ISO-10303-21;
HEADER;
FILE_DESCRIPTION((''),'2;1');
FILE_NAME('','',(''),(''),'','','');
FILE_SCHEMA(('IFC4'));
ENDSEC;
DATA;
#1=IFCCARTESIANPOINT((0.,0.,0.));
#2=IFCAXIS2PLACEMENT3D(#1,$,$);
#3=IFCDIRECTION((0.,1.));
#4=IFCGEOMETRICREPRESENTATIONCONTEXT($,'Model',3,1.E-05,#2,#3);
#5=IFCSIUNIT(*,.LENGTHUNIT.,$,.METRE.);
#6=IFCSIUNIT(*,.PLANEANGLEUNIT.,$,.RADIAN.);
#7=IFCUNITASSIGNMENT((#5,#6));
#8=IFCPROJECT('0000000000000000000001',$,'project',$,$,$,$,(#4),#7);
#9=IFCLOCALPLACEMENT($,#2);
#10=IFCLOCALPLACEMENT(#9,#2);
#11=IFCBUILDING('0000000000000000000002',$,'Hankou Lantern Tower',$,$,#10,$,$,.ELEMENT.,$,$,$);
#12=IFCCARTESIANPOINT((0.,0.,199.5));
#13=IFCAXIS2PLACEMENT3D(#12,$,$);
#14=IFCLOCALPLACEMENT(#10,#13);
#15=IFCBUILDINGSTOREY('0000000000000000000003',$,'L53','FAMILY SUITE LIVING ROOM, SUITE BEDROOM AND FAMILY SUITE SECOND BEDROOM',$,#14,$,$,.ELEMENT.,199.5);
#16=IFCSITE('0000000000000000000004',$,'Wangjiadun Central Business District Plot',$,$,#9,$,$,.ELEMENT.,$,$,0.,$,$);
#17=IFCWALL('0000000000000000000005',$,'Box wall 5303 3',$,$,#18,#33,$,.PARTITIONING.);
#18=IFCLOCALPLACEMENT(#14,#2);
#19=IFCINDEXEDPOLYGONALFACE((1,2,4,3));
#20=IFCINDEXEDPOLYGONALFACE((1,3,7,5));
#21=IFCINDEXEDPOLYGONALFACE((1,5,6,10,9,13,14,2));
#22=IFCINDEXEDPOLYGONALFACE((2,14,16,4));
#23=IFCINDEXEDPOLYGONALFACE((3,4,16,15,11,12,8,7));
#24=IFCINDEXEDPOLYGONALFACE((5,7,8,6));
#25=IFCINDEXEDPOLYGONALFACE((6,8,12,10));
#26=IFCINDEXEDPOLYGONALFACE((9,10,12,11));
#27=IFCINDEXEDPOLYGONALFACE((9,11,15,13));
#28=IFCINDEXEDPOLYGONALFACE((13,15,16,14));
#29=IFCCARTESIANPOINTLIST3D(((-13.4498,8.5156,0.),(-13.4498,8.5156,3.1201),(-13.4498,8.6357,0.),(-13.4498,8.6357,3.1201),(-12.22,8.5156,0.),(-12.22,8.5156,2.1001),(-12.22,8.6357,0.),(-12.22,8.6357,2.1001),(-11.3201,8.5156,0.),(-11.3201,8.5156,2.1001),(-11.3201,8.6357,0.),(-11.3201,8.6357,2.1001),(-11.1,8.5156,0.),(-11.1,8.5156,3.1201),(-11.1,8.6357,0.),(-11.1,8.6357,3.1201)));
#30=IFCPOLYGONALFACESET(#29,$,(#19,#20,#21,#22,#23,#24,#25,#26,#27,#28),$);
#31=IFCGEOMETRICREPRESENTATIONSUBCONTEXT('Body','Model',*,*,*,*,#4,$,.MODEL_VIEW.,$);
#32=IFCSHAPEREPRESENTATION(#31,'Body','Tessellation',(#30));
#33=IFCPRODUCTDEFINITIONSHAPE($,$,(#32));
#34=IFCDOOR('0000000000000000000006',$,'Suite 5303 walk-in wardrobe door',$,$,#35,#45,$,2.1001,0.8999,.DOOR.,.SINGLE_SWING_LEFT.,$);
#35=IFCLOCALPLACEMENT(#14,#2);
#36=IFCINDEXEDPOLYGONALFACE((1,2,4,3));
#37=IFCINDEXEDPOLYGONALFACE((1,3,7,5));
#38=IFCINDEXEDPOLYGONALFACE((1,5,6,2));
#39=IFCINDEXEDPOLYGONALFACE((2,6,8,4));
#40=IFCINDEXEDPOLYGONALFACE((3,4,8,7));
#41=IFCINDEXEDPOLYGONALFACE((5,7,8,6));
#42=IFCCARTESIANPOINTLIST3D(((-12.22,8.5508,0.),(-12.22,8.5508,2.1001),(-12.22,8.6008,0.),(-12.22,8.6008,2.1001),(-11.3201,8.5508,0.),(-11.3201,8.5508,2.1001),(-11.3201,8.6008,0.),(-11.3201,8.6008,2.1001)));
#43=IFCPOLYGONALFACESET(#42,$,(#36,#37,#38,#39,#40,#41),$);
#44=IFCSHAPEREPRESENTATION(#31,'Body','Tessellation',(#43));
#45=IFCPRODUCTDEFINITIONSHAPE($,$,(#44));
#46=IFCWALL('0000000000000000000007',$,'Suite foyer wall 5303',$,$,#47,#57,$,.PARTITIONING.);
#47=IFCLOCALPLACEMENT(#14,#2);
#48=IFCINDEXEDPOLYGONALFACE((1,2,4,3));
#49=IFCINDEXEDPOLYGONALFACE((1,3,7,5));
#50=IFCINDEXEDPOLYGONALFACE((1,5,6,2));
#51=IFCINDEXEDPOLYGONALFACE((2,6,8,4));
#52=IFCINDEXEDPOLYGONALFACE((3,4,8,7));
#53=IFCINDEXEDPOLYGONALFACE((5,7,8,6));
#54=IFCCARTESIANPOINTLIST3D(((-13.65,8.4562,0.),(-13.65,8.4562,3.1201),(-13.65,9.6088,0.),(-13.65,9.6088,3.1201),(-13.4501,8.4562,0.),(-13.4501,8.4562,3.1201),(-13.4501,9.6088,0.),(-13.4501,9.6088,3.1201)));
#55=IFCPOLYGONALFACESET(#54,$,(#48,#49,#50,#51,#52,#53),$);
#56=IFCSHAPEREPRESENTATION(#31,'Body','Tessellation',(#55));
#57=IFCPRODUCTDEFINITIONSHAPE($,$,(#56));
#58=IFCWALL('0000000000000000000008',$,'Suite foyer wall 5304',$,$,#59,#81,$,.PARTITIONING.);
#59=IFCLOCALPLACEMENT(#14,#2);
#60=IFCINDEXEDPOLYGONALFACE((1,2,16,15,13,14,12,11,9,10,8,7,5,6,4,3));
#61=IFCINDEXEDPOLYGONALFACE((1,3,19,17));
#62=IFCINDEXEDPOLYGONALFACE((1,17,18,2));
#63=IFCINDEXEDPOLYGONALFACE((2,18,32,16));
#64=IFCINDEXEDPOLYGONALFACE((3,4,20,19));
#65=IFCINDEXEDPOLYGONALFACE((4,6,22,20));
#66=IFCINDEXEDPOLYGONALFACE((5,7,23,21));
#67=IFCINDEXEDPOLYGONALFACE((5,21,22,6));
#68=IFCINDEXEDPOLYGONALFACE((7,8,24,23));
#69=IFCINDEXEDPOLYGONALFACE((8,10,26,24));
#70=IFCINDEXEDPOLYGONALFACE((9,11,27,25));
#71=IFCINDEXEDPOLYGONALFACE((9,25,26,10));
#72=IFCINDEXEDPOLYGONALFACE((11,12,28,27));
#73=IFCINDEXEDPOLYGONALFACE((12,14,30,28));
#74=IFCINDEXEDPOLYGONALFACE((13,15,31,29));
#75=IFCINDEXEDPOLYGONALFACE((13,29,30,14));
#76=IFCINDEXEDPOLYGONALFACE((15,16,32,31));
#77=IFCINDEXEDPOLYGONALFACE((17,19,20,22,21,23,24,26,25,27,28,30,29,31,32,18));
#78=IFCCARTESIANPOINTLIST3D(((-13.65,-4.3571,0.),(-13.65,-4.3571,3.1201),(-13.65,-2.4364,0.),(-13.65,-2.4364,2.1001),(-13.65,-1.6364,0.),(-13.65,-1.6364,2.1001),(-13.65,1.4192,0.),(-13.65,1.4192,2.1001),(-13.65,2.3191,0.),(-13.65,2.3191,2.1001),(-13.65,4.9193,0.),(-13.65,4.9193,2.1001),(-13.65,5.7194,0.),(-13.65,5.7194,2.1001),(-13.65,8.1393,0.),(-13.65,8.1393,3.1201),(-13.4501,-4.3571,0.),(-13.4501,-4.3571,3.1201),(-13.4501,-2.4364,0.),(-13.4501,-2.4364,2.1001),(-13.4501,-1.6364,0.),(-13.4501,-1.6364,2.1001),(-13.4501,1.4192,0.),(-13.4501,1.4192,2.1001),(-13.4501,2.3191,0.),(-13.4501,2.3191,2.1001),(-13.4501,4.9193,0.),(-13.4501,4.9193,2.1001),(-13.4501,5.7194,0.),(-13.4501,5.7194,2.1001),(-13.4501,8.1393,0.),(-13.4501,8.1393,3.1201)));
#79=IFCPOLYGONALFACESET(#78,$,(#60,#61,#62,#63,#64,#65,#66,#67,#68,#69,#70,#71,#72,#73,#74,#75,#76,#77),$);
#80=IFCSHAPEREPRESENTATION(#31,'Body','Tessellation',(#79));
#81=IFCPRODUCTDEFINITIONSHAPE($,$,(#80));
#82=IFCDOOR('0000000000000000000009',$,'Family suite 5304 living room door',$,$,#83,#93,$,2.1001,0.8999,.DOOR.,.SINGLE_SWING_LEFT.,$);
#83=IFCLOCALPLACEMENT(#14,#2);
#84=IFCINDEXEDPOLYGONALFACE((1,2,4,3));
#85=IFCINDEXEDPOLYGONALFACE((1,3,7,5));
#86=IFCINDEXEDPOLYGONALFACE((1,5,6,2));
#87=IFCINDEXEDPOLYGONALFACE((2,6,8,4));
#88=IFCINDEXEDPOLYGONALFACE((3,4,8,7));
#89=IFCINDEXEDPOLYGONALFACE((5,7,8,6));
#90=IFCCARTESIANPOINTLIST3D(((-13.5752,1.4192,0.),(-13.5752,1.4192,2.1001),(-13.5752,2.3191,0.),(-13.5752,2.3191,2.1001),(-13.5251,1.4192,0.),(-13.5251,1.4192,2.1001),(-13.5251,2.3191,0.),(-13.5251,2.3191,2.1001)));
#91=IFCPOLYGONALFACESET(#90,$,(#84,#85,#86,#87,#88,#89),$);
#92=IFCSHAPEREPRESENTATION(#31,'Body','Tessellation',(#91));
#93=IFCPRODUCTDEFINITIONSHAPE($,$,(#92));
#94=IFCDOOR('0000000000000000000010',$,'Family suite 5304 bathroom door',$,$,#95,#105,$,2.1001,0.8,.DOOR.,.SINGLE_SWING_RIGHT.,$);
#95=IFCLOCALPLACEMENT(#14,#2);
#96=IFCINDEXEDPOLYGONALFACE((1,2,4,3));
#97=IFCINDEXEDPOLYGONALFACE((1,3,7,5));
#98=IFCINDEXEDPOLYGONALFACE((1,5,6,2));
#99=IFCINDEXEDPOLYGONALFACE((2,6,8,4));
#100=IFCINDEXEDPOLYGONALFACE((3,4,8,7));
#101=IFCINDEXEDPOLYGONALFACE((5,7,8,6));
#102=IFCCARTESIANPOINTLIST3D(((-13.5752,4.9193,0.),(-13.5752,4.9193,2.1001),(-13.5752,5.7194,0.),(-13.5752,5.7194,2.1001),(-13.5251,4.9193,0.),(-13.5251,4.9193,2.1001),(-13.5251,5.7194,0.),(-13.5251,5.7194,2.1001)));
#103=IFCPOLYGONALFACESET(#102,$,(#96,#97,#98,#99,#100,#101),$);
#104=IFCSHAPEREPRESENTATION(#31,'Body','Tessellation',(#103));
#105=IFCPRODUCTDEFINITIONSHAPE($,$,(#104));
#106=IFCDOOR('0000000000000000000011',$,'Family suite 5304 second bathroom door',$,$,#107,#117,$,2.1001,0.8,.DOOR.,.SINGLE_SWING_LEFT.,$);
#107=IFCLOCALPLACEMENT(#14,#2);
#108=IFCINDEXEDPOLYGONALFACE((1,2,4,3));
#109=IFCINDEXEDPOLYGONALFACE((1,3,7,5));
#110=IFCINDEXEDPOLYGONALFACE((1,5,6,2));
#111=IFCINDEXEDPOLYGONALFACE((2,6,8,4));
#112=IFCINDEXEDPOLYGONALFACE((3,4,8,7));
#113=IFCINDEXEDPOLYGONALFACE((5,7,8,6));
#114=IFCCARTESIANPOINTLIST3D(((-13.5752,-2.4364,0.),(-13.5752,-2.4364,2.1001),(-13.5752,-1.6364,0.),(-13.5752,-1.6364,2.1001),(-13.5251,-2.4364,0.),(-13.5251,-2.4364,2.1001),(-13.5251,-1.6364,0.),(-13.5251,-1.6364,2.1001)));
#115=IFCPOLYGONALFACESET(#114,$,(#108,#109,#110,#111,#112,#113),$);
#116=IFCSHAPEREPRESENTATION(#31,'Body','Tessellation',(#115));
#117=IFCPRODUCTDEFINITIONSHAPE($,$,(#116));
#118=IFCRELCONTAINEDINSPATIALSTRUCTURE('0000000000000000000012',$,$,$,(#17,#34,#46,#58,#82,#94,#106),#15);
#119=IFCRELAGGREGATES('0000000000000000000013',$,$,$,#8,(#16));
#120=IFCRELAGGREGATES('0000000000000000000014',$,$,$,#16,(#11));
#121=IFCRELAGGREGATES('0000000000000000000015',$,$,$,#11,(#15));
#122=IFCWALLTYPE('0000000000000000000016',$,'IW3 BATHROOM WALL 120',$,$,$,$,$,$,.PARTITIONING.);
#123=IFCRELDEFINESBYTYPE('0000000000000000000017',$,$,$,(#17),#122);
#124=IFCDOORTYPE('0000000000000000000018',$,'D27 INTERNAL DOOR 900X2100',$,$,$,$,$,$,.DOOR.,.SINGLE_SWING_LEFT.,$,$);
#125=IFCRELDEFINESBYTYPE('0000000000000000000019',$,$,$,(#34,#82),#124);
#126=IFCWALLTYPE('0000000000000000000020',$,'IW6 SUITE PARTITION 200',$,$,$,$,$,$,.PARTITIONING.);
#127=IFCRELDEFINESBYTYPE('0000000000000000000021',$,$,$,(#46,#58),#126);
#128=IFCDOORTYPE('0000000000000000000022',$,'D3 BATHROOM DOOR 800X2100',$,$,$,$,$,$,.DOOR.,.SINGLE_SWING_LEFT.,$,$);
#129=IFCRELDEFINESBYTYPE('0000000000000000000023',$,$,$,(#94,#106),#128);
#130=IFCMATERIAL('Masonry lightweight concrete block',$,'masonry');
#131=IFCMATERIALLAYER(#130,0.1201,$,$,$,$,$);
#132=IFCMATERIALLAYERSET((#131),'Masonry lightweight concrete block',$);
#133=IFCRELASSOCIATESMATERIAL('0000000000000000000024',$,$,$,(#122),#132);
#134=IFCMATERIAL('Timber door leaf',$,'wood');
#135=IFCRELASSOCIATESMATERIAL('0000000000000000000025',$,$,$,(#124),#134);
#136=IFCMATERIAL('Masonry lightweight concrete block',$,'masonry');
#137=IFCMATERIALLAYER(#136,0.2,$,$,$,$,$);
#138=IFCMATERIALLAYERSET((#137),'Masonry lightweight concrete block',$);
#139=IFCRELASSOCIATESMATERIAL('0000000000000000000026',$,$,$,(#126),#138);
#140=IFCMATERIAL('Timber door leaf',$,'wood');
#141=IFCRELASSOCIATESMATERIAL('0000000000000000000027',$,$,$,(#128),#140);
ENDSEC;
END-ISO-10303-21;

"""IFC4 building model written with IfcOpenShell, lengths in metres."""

from ifc_helpers import new_model, si_unit, direction, frame, frame_2d, origin, place, context, subcontext, project, spatial, rectangle, extrude, material, layer, layer_set, type_object, element, fill, save


model = new_model("IFC4")

# Units and contexts
model_context = context("Model", 3, precision=1e-05, world=origin(), true_north=direction((0.0, 1.0)))
body_context = subcontext(model_context, "Body", "Model", "MODEL_VIEW")
ifc_project = project(units=[si_unit("LENGTHUNIT", "METRE"), si_unit("PLANEANGLEUNIT", "RADIAN")], contexts=[model_context])

# Site, building, storey
site_placement = place(None, origin())
site = spatial("IfcSite", under=ifc_project, at=site_placement, Name="Wangjiadun Central Business District Plot", CompositionType="ELEMENT", RefElevation=0.0)
building_placement = place(site_placement, origin())
building = spatial("IfcBuilding", under=site, at=building_placement, Name="Hankou Lantern Tower", CompositionType="ELEMENT")
storey_placement = place(building_placement, frame((0.0, 0.0, 199.5)))
storey = spatial("IfcBuildingStorey", under=building, at=storey_placement, Name="L53", Description="FAMILY SUITE LIVING ROOM, SUITE BEDROOM AND FAMILY SUITE SECOND BEDROOM", CompositionType="ELEMENT", Elevation=199.5)

# Wall, opening, door
ifc_material_1 = material(Name="Masonry lightweight concrete block", Category="masonry")
ifc_layer_1 = layer(ifc_material_1, 0.1201)
ifc_layer_set_1 = layer_set([ifc_layer_1], Name="Masonry lightweight concrete block")
wall_type_1 = type_object("IfcWallType", Name="IW3 BATHROOM WALL 120", PredefinedType="PARTITIONING", material=ifc_layer_set_1)
wall_1_placement = place(storey_placement, frame((-11.1001, 8.5757, 0.0), z_axis=(0.0, 0.0, 1.0), x_axis=(-1.0, 0.0, 0.0)))
wall_1 = element("IfcWall", 1, at=wall_1_placement, inside=storey, type_object=wall_type_1, Name="Box wall 5303 3", PredefinedType="PARTITIONING", context=body_context, shape_type="SweptSolid", body=[
    extrude(rectangle(XDim=2.3499, YDim=0.1201, at=frame_2d((1.1748, 0.0))), origin(), (0.0, 0.0, 1.0), 3.1201),
])
opening_1_placement = place(wall_1_placement, frame((0.22, 0.0, 0.0)))
opening_1 = element("IfcOpeningElement", 2, at=opening_1_placement, cuts=wall_1, PredefinedType="OPENING", context=body_context, shape_type="SweptSolid", body=[
    extrude(rectangle(XDim=0.8999, YDim=2.1001, at=frame_2d((0.45, 1.05))), frame((0.0, 0.0701, 0.0), z_axis=(0.0, -1.0, 0.0), x_axis=(1.0, 0.0, 0.0)), (0.0, 0.0, 1.0), 0.1401),
])
ifc_material_2 = material(Name="Timber door leaf", Category="wood")
door_type_1 = type_object("IfcDoorType", Name="D27 INTERNAL DOOR 900X2100", OperationType="SINGLE_SWING_LEFT", PredefinedType="DOOR", material=ifc_material_2)
door_1_placement = place(opening_1_placement, origin())
door_1 = element("IfcDoor", 3, at=door_1_placement, inside=storey, type_object=door_type_1, Name="Suite 5303 walk-in wardrobe door", OperationType="SINGLE_SWING_LEFT", OverallHeight=2.1001, OverallWidth=0.8999, PredefinedType="DOOR", context=body_context, shape_type="SweptSolid", body=[
    extrude(rectangle(XDim=0.8999, YDim=2.1001, at=frame_2d((0.45, 1.05))), frame((0.0, 0.0249, 0.0), z_axis=(0.0, -1.0, 0.0), x_axis=(1.0, 0.0, 0.0)), (0.0, 0.0, 1.0), 0.05),
])
fill(opening_1, door_1)

# Wall
ifc_material_3 = material(Name="Masonry lightweight concrete block", Category="masonry")
ifc_layer_2 = layer(ifc_material_3, 0.2)
ifc_layer_set_2 = layer_set([ifc_layer_2], Name="Masonry lightweight concrete block")
wall_type_2 = type_object("IfcWallType", Name="IW6 SUITE PARTITION 200", PredefinedType="PARTITIONING", material=ifc_layer_set_2)
wall_2_placement = place(storey_placement, frame((-13.55, 9.6086, 0.0), z_axis=(0.0, 0.0, 1.0), x_axis=(0.0, -1.0, 0.0)))
element("IfcWall", 4, at=wall_2_placement, inside=storey, type_object=wall_type_2, Name="Suite foyer wall 5303", PredefinedType="PARTITIONING", context=body_context, shape_type="SweptSolid", body=[
    extrude(rectangle(XDim=1.1526, YDim=0.2, at=frame_2d((0.5762, 0.0))), origin(), (0.0, 0.0, 1.0), 3.1201),
])

# Wall, openings, doors
wall_3_placement = place(storey_placement, frame((-13.55, 8.1392, 0.0), z_axis=(0.0, 0.0, 1.0), x_axis=(0.0, -1.0, 0.0)))
wall_3 = element("IfcWall", 5, at=wall_3_placement, inside=storey, type_object=wall_type_2, Name="Suite foyer wall 5304", PredefinedType="PARTITIONING", context=body_context, shape_type="SweptSolid", body=[
    extrude(rectangle(XDim=12.4963, YDim=0.2, at=frame_2d((6.248, 0.0))), origin(), (0.0, 0.0, 1.0), 3.1201),
])
opening_2_placement = place(wall_3_placement, frame((2.4199, 0.0, 0.0)))
opening_2 = element("IfcOpeningElement", 6, at=opening_2_placement, cuts=wall_3, PredefinedType="OPENING", context=body_context, shape_type="SweptSolid", body=[
    extrude(rectangle(XDim=0.8, YDim=2.1001, at=frame_2d((0.3999, 1.05))), frame((0.0, 0.1099, 0.0), z_axis=(0.0, -1.0, 0.0), x_axis=(1.0, 0.0, 0.0)), (0.0, 0.0, 1.0), 0.22),
])
opening_3_placement = place(wall_3_placement, frame((9.7756, 0.0, 0.0)))
opening_3 = element("IfcOpeningElement", 7, at=opening_3_placement, cuts=wall_3, PredefinedType="OPENING", context=body_context, shape_type="SweptSolid", body=[
    extrude(rectangle(XDim=0.8, YDim=2.1001, at=frame_2d((0.3999, 1.05))), frame((0.0, 0.1099, 0.0), z_axis=(0.0, -1.0, 0.0), x_axis=(1.0, 0.0, 0.0)), (0.0, 0.0, 1.0), 0.22),
])
opening_4_placement = place(wall_3_placement, frame((5.8201, 0.0, 0.0)))
opening_4 = element("IfcOpeningElement", 8, at=opening_4_placement, cuts=wall_3, PredefinedType="OPENING", context=body_context, shape_type="SweptSolid", body=[
    extrude(rectangle(XDim=0.8999, YDim=2.1001, at=frame_2d((0.45, 1.05))), frame((0.0, 0.1099, 0.0), z_axis=(0.0, -1.0, 0.0), x_axis=(1.0, 0.0, 0.0)), (0.0, 0.0, 1.0), 0.22),
])
door_2_placement = place(opening_4_placement, origin())
door_2 = element("IfcDoor", 9, at=door_2_placement, inside=storey, type_object=door_type_1, Name="Family suite 5304 living room door", OperationType="SINGLE_SWING_LEFT", OverallHeight=2.1001, OverallWidth=0.8999, PredefinedType="DOOR", context=body_context, shape_type="SweptSolid", body=[
    extrude(rectangle(XDim=0.8999, YDim=2.1001, at=frame_2d((0.45, 1.05))), frame((0.0, 0.0249, 0.0), z_axis=(0.0, -1.0, 0.0), x_axis=(1.0, 0.0, 0.0)), (0.0, 0.0, 1.0), 0.05),
])
fill(opening_4, door_2)
ifc_material_4 = material(Name="Timber door leaf", Category="wood")
door_type_2 = type_object("IfcDoorType", Name="D3 BATHROOM DOOR 800X2100", OperationType="SINGLE_SWING_LEFT", PredefinedType="DOOR", material=ifc_material_4)
door_3_placement = place(opening_2_placement, origin())
door_3 = element("IfcDoor", 10, at=door_3_placement, inside=storey, type_object=door_type_2, Name="Family suite 5304 bathroom door", OperationType="SINGLE_SWING_RIGHT", OverallHeight=2.1001, OverallWidth=0.8, PredefinedType="DOOR", context=body_context, shape_type="SweptSolid", body=[
    extrude(rectangle(XDim=0.8, YDim=2.1001, at=frame_2d((0.3999, 1.05))), frame((0.0, 0.0249, 0.0), z_axis=(0.0, -1.0, 0.0), x_axis=(1.0, 0.0, 0.0)), (0.0, 0.0, 1.0), 0.05),
])
fill(opening_2, door_3)
door_4_placement = place(opening_3_placement, origin())
door_4 = element("IfcDoor", 11, at=door_4_placement, inside=storey, type_object=door_type_2, Name="Family suite 5304 second bathroom door", OperationType="SINGLE_SWING_LEFT", OverallHeight=2.1001, OverallWidth=0.8, PredefinedType="DOOR", context=body_context, shape_type="SweptSolid", body=[
    extrude(rectangle(XDim=0.8, YDim=2.1001, at=frame_2d((0.3999, 1.05))), frame((0.0, 0.0249, 0.0), z_axis=(0.0, -1.0, 0.0), x_axis=(1.0, 0.0, 0.0)), (0.0, 0.0, 1.0), 0.05),
])
fill(opening_3, door_4)

save(model, "model.ifc")
